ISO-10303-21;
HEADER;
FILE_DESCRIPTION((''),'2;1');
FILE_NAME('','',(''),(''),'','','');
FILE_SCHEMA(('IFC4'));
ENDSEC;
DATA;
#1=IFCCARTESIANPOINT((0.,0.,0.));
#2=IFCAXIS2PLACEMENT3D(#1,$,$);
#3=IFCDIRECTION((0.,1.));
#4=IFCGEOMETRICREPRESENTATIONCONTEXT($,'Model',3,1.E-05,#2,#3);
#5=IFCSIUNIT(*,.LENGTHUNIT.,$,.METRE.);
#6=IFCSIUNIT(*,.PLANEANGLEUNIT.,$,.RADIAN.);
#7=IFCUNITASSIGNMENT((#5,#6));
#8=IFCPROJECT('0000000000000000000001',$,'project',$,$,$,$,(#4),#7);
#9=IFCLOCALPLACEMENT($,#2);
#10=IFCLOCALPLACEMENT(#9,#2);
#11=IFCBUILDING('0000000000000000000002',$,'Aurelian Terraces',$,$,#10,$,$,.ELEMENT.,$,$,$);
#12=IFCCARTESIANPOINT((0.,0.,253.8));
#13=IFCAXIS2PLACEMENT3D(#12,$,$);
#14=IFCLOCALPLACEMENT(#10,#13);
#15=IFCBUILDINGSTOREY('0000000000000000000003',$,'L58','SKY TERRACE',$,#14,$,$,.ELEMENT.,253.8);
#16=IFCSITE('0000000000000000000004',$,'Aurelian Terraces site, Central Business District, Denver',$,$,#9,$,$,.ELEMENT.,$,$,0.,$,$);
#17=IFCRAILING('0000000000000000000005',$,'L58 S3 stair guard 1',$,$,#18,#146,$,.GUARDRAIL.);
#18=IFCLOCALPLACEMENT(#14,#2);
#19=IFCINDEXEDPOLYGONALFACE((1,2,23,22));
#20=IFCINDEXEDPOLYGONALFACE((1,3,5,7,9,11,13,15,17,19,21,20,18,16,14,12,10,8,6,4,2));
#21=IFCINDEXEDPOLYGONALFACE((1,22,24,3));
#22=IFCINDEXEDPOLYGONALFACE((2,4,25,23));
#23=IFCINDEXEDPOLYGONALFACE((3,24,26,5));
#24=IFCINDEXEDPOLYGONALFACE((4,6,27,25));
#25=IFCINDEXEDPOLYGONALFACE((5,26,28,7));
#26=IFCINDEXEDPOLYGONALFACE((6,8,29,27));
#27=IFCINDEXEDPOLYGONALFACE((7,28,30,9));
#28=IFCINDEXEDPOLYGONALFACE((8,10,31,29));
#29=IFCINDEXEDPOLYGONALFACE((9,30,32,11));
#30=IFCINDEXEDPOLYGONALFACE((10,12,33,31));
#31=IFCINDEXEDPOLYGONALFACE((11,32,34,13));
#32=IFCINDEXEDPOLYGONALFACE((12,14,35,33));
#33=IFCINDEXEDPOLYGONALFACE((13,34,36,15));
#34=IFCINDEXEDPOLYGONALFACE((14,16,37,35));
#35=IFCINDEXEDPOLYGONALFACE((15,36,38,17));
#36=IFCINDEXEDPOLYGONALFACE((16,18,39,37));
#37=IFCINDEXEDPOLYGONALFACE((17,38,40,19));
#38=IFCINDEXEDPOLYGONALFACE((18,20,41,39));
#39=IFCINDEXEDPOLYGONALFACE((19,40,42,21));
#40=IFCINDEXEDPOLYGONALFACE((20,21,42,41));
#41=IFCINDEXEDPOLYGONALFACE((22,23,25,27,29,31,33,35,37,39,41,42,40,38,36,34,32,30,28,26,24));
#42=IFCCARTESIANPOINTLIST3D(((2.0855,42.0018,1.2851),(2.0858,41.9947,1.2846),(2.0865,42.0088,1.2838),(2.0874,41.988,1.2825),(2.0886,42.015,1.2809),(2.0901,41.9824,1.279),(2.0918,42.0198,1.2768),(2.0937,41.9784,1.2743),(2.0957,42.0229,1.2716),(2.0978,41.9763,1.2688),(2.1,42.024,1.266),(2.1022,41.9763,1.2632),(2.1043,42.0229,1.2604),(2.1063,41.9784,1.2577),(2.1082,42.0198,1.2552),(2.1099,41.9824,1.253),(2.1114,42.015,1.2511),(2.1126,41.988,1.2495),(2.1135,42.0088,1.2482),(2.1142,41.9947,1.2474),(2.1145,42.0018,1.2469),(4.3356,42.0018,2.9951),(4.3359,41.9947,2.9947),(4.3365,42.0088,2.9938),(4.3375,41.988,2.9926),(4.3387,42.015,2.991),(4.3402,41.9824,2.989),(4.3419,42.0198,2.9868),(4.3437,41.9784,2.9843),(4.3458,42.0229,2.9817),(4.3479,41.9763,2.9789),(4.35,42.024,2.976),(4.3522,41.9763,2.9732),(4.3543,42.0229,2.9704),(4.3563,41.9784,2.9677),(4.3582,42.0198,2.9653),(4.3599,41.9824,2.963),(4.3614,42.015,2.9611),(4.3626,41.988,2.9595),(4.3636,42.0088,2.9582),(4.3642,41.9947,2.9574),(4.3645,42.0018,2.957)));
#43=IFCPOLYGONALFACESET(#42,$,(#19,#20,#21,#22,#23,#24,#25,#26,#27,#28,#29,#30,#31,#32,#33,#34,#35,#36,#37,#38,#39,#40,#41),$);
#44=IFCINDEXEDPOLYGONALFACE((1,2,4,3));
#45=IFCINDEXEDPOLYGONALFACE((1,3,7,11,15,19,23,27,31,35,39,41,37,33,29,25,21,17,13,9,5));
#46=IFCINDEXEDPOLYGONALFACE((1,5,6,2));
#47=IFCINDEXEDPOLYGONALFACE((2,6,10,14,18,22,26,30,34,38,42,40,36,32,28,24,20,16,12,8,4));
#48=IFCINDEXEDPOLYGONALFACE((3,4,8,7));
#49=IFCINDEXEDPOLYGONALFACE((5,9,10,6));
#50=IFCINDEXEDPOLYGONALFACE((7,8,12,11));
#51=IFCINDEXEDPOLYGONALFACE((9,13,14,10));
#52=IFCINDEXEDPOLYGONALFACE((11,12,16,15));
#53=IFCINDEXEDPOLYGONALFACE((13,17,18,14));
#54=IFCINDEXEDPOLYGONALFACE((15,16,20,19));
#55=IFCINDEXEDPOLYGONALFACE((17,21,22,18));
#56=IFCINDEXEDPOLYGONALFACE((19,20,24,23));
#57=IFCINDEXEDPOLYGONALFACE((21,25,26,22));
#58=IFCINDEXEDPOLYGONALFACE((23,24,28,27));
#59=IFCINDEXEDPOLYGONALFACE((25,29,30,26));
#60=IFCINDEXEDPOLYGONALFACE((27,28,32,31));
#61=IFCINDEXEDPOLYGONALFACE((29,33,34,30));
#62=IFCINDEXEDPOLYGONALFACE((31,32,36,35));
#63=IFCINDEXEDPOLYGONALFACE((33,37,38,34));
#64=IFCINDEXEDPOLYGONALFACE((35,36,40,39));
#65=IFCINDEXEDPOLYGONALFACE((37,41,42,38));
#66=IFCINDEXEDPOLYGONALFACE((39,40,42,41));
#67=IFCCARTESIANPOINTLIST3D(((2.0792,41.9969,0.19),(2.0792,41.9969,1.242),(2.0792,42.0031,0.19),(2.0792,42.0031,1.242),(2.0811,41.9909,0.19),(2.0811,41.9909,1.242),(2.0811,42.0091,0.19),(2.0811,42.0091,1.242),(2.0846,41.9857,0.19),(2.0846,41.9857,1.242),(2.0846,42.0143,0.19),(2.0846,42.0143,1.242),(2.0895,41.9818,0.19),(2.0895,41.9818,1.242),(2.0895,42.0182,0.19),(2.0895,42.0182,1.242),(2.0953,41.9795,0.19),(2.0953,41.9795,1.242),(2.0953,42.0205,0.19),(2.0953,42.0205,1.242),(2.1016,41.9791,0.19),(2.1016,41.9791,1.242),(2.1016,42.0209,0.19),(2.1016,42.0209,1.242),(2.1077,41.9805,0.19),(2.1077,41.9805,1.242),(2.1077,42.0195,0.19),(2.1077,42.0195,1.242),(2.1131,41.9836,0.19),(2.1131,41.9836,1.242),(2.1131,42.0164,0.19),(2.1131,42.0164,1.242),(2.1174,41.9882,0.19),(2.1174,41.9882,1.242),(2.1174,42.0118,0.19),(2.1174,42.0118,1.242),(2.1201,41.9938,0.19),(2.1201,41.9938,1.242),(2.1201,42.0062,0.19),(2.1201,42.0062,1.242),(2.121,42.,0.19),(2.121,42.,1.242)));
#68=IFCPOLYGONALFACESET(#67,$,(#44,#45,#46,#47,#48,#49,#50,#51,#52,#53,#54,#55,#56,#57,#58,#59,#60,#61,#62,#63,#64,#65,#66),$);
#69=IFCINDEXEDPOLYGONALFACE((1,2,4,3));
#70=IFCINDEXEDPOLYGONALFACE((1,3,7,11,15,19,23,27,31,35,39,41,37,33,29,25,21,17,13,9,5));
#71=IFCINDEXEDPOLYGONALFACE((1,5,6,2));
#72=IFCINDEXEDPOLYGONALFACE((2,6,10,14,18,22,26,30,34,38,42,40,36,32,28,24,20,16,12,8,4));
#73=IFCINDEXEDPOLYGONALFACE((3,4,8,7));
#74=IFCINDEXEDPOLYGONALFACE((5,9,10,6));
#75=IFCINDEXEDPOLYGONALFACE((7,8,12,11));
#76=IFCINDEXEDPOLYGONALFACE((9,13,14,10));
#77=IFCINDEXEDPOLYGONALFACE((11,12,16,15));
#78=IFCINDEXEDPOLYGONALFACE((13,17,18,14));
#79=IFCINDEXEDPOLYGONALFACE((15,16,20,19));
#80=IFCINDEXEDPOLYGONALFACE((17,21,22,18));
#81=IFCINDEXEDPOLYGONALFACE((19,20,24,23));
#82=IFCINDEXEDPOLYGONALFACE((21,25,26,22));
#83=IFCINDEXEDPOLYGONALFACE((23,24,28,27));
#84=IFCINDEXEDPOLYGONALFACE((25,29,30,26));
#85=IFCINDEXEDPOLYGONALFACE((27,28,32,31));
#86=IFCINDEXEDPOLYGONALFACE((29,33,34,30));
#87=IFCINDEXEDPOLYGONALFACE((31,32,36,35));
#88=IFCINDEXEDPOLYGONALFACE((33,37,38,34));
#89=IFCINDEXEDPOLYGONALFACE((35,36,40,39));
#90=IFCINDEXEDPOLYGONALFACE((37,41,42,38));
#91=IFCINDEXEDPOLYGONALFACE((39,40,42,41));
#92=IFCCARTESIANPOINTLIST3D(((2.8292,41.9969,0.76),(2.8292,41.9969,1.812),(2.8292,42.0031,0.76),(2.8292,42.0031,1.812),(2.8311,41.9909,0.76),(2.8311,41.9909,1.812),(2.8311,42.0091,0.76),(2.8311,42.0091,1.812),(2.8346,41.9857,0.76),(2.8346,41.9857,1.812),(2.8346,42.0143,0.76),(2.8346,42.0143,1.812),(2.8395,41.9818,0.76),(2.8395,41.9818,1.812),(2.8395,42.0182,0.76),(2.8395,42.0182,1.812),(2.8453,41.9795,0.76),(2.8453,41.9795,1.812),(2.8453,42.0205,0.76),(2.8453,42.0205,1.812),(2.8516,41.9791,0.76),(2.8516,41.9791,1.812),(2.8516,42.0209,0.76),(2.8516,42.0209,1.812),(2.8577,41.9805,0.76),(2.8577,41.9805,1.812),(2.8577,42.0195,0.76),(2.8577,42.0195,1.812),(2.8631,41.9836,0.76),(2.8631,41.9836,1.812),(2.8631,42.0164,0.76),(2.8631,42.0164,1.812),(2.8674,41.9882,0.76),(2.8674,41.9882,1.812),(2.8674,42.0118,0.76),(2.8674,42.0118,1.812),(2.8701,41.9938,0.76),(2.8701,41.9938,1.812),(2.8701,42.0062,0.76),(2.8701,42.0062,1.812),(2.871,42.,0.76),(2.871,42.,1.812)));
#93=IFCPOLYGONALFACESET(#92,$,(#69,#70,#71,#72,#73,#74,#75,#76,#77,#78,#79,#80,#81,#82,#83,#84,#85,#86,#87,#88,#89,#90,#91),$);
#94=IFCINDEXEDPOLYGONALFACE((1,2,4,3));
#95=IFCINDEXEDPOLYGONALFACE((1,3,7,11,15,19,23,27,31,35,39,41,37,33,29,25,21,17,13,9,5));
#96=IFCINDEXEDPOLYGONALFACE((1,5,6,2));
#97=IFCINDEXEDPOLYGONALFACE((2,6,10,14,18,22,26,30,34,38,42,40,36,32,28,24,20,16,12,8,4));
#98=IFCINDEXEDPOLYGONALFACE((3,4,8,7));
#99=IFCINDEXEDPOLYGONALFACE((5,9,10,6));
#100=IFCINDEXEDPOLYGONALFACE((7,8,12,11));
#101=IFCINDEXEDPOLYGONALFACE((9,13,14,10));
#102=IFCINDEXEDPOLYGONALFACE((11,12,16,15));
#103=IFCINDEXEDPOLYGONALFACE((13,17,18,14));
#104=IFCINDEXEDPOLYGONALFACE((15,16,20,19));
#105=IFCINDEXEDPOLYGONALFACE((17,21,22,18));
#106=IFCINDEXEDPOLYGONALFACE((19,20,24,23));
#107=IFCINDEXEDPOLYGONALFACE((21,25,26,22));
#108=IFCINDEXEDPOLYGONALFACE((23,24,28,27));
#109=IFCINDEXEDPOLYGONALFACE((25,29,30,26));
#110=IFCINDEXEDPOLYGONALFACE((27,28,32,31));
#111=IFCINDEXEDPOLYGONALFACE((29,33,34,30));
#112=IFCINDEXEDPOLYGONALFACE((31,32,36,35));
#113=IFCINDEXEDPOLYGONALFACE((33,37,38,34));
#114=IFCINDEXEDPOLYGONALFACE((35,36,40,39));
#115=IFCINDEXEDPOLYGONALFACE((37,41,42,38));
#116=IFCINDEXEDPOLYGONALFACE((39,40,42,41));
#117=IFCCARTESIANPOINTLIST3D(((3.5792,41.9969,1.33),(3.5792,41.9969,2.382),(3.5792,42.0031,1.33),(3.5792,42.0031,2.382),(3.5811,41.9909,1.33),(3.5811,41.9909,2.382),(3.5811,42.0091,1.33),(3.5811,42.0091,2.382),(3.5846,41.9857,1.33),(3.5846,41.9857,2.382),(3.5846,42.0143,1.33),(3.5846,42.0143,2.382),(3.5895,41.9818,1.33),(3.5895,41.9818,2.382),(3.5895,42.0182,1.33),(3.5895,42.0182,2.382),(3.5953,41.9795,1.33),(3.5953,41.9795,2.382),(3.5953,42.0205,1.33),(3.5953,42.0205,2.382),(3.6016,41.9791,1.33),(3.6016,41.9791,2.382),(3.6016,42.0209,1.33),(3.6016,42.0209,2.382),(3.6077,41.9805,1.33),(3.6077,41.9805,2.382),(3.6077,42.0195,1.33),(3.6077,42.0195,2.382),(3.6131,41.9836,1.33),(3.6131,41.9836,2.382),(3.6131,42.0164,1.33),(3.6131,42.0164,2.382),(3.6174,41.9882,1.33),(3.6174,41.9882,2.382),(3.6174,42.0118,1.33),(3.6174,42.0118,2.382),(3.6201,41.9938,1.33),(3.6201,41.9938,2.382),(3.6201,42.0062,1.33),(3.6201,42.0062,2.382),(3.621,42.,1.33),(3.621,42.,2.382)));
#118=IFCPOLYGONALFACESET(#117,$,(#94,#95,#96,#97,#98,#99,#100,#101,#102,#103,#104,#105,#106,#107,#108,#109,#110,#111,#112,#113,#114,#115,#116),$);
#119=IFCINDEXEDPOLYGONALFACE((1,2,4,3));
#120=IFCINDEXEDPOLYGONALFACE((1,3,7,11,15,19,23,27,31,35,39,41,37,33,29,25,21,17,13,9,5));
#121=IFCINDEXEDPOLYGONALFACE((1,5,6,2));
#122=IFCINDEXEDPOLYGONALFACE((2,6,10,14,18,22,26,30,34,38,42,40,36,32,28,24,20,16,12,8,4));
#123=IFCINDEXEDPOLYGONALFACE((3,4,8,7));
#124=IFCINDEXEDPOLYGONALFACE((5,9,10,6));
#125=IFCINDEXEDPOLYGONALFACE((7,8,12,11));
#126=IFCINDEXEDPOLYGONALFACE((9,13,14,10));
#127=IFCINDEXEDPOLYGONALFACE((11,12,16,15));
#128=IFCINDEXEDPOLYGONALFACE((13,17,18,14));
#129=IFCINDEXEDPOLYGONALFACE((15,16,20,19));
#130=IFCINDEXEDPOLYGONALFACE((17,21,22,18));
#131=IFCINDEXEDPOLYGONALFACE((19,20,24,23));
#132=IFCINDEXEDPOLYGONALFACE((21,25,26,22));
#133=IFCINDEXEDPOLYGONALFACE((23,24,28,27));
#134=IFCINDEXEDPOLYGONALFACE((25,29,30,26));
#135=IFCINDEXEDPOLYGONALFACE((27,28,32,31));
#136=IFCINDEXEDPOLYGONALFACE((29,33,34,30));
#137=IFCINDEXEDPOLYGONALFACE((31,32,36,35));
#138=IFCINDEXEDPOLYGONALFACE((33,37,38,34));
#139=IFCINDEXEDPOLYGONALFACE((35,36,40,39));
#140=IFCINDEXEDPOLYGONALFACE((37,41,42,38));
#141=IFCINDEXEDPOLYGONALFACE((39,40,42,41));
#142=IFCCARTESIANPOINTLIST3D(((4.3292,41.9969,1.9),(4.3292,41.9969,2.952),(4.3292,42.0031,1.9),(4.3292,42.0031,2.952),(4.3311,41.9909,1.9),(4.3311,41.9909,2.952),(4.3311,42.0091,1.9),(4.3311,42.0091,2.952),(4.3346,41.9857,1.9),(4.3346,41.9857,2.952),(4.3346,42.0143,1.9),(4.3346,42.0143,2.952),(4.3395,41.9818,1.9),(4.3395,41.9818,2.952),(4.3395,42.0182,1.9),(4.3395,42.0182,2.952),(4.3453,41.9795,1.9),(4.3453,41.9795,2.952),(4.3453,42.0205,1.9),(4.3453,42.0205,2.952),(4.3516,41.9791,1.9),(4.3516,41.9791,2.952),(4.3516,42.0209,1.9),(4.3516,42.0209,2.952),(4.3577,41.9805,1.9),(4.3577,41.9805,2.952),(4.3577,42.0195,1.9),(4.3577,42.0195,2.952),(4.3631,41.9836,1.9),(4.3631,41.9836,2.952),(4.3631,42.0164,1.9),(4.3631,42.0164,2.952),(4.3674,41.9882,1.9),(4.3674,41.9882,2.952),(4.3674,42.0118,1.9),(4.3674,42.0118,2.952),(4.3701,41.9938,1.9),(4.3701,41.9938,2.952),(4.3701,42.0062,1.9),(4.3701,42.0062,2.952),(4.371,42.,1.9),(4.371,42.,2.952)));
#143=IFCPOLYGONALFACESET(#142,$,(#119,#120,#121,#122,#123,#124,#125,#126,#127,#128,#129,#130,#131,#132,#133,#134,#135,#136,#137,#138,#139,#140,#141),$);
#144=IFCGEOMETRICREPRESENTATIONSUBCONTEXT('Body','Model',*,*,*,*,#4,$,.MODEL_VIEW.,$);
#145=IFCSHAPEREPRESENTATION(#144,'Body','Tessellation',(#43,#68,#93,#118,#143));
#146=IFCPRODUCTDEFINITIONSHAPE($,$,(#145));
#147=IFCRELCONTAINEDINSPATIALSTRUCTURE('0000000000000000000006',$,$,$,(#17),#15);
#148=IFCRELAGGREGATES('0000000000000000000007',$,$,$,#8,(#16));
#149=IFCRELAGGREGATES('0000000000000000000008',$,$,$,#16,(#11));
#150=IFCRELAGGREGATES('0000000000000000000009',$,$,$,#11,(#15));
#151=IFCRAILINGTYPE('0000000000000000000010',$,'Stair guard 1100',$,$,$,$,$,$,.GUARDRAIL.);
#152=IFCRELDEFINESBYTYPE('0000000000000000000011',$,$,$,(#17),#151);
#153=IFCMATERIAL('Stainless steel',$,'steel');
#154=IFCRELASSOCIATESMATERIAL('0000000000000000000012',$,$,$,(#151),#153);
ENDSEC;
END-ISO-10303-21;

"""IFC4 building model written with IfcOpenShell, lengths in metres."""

from ifc_helpers import new_model, si_unit, direction, frame, origin, origin_2d, place, context, subcontext, project, spatial, circle, extrude, source, transform, mapped, material, type_object, element, save


model = new_model("IFC4")

# Units and contexts
model_context = context("Model", 3, precision=1e-05, world=origin(), true_north=direction((0.0, 1.0)))
body_context = subcontext(model_context, "Body", "Model", "MODEL_VIEW")
ifc_project = project(units=[si_unit("LENGTHUNIT", "METRE"), si_unit("PLANEANGLEUNIT", "RADIAN")], contexts=[model_context])

# Site, building, storey
site_placement = place(None, origin())
site = spatial("IfcSite", under=ifc_project, at=site_placement, Name="Aurelian Terraces site, Central Business District, Denver", CompositionType="ELEMENT", RefElevation=0.0)
building_placement = place(site_placement, origin())
building = spatial("IfcBuilding", under=site, at=building_placement, Name="Aurelian Terraces", CompositionType="ELEMENT")
storey_placement = place(building_placement, frame((0.0, 0.0, 253.8)))
storey = spatial("IfcBuildingStorey", under=building, at=storey_placement, Name="L58", Description="SKY TERRACE", CompositionType="ELEMENT", Elevation=253.8)

# Railing
ifc_material_1 = material(Name="Stainless steel", Category="steel")
railing_type_1 = type_object("IfcRailingType", Name="Stair guard 1100", PredefinedType="GUARDRAIL", material=ifc_material_1)
shared_shape_1 = source(origin(), body_context, "Body", "SweptSolid", [
    extrude(circle(Radius=0.024, at=origin_2d()), frame((0.0, 0.0, 1.076), z_axis=(0.796162, 0.0, 0.605083), x_axis=(0.0, 1.0, 0.0)), (0.0, 0.0, 1.0), 2.8261),
    extrude(circle(Radius=0.021, at=origin_2d()), origin(), (0.0, 0.0, 1.0), 1.052),
    extrude(circle(Radius=0.021, at=origin_2d()), frame((0.75, 0.0, 0.57)), (0.0, 0.0, 1.0), 1.052),
    extrude(circle(Radius=0.021, at=origin_2d()), frame((1.5, 0.0, 1.14)), (0.0, 0.0, 1.0), 1.052),
    extrude(circle(Radius=0.021, at=origin_2d()), frame((2.25, 0.0, 1.71)), (0.0, 0.0, 1.0), 1.052),
])
railing_1_placement = place(storey_placement, frame((2.1, 42.0, 0.19)))
element("IfcRailing", 1, at=railing_1_placement, inside=storey, type_object=railing_type_1, Name="L58 S3 stair guard 1", PredefinedType="GUARDRAIL", context=body_context, shape_type="MappedRepresentation", body=[
    mapped(shared_shape_1, transform((0.0, 0.0, 0.0), scale=1.0)),
])

save(model, "model.ifc")
